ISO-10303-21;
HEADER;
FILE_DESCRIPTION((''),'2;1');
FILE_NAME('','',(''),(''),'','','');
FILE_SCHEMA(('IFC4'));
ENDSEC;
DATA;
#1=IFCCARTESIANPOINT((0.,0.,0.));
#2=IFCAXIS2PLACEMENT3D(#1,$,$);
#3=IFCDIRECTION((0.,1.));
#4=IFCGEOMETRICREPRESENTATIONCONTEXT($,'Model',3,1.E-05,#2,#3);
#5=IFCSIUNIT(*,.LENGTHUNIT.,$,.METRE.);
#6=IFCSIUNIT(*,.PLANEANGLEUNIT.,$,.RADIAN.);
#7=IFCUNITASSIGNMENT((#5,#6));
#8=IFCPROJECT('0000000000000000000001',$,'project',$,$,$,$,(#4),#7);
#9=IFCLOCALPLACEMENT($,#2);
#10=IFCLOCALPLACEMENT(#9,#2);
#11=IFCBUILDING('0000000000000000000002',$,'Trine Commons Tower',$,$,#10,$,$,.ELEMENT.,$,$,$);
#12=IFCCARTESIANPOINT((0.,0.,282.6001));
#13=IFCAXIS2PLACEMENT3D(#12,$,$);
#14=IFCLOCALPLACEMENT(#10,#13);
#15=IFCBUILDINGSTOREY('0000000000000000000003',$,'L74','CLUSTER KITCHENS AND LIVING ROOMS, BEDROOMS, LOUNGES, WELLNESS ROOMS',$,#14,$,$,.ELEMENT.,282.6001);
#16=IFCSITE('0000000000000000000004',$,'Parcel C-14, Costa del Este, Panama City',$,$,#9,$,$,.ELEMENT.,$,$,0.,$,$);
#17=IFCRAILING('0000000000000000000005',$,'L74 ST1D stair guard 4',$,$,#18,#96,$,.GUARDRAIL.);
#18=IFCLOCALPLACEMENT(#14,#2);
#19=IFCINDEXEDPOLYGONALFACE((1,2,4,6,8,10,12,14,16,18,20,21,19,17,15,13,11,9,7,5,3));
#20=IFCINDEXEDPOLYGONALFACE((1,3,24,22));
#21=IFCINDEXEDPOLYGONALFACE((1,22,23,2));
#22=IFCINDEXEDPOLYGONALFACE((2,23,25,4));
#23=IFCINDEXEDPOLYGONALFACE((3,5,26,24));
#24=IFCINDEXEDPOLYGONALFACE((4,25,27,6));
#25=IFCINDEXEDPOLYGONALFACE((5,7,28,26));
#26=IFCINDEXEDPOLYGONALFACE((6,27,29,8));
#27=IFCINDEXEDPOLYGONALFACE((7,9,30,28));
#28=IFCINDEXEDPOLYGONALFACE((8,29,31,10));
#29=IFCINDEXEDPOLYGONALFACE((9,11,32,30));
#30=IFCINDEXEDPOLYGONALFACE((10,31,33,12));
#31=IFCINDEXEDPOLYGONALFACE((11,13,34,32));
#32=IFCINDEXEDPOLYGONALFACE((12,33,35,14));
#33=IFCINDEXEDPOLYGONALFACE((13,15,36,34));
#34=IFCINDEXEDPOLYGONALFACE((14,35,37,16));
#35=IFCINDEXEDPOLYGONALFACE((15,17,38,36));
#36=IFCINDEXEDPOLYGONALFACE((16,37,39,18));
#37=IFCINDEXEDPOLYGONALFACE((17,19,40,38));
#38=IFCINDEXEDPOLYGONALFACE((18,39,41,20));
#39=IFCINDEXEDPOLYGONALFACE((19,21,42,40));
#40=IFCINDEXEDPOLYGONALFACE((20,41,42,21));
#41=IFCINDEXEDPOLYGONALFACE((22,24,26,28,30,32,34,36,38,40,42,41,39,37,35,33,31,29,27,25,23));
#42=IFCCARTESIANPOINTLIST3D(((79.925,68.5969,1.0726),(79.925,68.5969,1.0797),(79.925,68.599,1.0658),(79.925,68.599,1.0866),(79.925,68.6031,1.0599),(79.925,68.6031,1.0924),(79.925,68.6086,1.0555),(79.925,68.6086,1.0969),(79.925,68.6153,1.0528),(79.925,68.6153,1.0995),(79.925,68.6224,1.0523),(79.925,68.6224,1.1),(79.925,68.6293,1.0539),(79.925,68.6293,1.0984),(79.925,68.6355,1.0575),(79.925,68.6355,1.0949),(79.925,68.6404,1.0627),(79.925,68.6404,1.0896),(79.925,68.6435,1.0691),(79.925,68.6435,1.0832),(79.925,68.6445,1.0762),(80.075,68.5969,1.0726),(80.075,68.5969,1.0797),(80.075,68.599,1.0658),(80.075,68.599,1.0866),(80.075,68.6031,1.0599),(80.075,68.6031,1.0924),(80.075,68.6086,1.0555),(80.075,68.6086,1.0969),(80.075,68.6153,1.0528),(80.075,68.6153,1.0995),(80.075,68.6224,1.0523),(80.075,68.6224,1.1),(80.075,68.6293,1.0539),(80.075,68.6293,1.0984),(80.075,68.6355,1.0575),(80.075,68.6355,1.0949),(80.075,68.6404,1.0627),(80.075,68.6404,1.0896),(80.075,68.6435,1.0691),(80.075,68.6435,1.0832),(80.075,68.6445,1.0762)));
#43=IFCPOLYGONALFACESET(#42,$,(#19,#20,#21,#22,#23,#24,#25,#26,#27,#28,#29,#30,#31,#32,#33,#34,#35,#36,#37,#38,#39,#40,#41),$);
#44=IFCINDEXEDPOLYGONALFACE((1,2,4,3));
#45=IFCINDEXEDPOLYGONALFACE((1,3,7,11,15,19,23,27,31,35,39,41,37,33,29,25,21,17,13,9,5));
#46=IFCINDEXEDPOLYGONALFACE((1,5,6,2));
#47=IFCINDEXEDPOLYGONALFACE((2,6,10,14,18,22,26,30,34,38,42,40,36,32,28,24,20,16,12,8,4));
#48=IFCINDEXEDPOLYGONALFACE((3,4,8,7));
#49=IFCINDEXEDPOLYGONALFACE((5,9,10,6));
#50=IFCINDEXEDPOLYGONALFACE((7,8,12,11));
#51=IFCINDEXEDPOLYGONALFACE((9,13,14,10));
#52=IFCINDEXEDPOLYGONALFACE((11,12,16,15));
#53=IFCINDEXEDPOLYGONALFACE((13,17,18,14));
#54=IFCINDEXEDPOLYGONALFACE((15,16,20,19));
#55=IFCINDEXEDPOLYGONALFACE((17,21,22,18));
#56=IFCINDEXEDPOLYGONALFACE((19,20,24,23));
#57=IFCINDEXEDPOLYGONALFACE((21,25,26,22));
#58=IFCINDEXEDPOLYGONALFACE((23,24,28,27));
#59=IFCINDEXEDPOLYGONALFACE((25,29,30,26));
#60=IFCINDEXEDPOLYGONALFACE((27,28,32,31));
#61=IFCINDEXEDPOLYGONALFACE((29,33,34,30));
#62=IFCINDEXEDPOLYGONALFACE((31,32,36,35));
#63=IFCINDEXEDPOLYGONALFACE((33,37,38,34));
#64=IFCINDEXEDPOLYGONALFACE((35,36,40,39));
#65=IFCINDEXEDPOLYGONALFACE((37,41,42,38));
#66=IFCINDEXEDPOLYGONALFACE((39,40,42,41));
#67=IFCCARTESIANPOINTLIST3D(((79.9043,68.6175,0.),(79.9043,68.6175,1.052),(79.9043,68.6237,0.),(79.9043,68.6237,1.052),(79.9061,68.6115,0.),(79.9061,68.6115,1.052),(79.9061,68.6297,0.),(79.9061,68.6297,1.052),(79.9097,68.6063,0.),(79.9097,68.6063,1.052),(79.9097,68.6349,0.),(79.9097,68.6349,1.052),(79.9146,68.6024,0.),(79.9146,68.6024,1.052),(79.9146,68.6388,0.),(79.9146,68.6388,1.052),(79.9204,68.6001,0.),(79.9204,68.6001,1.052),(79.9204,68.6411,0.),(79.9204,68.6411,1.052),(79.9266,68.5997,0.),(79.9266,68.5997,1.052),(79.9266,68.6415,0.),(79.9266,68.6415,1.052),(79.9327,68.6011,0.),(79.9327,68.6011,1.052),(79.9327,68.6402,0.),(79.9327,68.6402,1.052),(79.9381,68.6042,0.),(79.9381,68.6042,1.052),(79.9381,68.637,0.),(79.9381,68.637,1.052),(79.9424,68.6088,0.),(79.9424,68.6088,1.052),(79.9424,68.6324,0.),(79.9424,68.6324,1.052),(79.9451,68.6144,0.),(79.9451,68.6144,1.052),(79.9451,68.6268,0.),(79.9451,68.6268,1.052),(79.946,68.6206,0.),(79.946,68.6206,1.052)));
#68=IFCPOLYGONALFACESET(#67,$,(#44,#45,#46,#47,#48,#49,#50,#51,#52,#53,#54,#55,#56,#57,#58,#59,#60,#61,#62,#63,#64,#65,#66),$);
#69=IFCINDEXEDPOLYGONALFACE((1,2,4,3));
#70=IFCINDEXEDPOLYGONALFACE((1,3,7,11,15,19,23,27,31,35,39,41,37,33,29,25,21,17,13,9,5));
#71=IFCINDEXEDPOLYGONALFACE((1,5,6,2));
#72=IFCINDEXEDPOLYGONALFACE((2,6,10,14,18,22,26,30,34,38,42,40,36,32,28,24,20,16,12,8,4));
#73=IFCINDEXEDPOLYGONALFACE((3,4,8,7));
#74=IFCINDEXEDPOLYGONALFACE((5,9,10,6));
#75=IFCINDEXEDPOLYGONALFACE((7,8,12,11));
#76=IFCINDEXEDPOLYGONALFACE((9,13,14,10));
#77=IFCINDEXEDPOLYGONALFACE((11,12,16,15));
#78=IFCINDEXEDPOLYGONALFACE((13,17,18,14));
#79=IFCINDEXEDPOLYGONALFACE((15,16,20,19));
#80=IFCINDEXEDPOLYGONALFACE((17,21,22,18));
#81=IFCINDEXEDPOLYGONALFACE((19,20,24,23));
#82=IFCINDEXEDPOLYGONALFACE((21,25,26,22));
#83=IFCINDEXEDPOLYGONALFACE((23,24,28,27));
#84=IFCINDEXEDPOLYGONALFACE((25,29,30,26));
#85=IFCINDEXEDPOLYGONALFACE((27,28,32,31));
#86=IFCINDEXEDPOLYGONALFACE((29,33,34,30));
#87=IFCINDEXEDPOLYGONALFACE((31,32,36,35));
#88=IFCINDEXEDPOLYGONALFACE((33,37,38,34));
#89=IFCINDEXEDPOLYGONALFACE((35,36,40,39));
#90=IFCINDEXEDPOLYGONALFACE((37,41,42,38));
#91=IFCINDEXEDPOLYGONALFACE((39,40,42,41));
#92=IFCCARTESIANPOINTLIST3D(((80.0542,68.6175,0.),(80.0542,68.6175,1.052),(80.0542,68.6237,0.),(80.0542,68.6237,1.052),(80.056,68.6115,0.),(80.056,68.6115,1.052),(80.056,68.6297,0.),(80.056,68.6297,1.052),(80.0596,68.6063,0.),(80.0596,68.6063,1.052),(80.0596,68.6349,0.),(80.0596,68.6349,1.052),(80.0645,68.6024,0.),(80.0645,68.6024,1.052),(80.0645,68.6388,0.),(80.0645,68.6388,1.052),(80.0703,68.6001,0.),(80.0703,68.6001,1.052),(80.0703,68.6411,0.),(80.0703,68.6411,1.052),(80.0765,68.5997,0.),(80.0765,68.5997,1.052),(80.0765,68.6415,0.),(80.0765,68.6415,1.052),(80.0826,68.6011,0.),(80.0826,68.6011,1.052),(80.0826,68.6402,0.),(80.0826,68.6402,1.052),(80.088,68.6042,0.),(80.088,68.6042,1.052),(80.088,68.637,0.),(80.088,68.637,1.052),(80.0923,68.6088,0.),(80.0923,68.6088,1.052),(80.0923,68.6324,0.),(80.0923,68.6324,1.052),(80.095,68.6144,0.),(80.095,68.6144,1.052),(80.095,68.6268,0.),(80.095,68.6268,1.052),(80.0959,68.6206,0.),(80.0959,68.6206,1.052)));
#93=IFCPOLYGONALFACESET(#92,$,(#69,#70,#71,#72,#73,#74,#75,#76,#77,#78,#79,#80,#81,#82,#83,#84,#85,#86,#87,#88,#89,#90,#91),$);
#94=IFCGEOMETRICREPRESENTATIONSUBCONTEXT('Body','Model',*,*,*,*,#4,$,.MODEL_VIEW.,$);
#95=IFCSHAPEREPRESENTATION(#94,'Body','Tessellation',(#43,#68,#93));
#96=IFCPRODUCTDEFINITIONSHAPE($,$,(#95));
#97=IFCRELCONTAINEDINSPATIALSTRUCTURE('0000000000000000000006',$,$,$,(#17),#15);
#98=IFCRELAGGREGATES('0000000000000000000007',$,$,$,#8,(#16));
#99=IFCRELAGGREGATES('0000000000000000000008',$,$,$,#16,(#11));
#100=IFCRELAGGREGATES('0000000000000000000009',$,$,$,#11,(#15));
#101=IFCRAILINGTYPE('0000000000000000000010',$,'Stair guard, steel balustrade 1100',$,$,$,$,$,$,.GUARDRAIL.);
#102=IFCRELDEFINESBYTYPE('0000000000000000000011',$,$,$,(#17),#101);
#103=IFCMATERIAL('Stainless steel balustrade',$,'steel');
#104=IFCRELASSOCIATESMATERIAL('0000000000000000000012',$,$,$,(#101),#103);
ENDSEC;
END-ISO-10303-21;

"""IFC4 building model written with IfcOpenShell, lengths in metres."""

from ifc_helpers import new_model, si_unit, direction, frame, origin, origin_2d, place, context, subcontext, project, spatial, circle, extrude, material, type_object, element, save


model = new_model("IFC4")

# Units and contexts
model_context = context("Model", 3, precision=1e-05, world=origin(), true_north=direction((0.0, 1.0)))
body_context = subcontext(model_context, "Body", "Model", "MODEL_VIEW")
ifc_project = project(units=[si_unit("LENGTHUNIT", "METRE"), si_unit("PLANEANGLEUNIT", "RADIAN")], contexts=[model_context])

# Site, building, storey
site_placement = place(None, origin())
site = spatial("IfcSite", under=ifc_project, at=site_placement, Name="Parcel C-14, Costa del Este, Panama City", CompositionType="ELEMENT", RefElevation=0.0)
building_placement = place(site_placement, origin())
building = spatial("IfcBuilding", under=site, at=building_placement, Name="Trine Commons Tower", CompositionType="ELEMENT")
storey_placement = place(building_placement, frame((0.0, 0.0, 282.6001)))
storey = spatial("IfcBuildingStorey", under=building, at=storey_placement, Name="L74", Description="CLUSTER KITCHENS AND LIVING ROOMS, BEDROOMS, LOUNGES, WELLNESS ROOMS", CompositionType="ELEMENT", Elevation=282.6001)

# Railing
ifc_material_1 = material(Name="Stainless steel balustrade", Category="steel")
railing_type_1 = type_object("IfcRailingType", Name="Stair guard, steel balustrade 1100", PredefinedType="GUARDRAIL", material=ifc_material_1)
railing_1_placement = place(storey_placement, frame((79.925, 68.6206, 0.0)))
element("IfcRailing", 1, at=railing_1_placement, inside=storey, type_object=railing_type_1, Name="L74 ST1D stair guard 4", PredefinedType="GUARDRAIL", context=body_context, shape_type="SweptSolid", body=[
    extrude(circle(Radius=0.0239, at=origin_2d()), frame((0.0, 0.0, 1.0762), z_axis=(1.0, 0.0, 0.0), x_axis=(0.0, 1.0, 0.0)), (0.0, 0.0, 1.0), 0.1499),
    extrude(circle(Radius=0.021, at=origin_2d()), origin(), (0.0, 0.0, 1.0), 1.052),
    extrude(circle(Radius=0.021, at=origin_2d()), frame((0.1499, 0.0, 0.0)), (0.0, 0.0, 1.0), 1.052),
])

save(model, "model.ifc")
